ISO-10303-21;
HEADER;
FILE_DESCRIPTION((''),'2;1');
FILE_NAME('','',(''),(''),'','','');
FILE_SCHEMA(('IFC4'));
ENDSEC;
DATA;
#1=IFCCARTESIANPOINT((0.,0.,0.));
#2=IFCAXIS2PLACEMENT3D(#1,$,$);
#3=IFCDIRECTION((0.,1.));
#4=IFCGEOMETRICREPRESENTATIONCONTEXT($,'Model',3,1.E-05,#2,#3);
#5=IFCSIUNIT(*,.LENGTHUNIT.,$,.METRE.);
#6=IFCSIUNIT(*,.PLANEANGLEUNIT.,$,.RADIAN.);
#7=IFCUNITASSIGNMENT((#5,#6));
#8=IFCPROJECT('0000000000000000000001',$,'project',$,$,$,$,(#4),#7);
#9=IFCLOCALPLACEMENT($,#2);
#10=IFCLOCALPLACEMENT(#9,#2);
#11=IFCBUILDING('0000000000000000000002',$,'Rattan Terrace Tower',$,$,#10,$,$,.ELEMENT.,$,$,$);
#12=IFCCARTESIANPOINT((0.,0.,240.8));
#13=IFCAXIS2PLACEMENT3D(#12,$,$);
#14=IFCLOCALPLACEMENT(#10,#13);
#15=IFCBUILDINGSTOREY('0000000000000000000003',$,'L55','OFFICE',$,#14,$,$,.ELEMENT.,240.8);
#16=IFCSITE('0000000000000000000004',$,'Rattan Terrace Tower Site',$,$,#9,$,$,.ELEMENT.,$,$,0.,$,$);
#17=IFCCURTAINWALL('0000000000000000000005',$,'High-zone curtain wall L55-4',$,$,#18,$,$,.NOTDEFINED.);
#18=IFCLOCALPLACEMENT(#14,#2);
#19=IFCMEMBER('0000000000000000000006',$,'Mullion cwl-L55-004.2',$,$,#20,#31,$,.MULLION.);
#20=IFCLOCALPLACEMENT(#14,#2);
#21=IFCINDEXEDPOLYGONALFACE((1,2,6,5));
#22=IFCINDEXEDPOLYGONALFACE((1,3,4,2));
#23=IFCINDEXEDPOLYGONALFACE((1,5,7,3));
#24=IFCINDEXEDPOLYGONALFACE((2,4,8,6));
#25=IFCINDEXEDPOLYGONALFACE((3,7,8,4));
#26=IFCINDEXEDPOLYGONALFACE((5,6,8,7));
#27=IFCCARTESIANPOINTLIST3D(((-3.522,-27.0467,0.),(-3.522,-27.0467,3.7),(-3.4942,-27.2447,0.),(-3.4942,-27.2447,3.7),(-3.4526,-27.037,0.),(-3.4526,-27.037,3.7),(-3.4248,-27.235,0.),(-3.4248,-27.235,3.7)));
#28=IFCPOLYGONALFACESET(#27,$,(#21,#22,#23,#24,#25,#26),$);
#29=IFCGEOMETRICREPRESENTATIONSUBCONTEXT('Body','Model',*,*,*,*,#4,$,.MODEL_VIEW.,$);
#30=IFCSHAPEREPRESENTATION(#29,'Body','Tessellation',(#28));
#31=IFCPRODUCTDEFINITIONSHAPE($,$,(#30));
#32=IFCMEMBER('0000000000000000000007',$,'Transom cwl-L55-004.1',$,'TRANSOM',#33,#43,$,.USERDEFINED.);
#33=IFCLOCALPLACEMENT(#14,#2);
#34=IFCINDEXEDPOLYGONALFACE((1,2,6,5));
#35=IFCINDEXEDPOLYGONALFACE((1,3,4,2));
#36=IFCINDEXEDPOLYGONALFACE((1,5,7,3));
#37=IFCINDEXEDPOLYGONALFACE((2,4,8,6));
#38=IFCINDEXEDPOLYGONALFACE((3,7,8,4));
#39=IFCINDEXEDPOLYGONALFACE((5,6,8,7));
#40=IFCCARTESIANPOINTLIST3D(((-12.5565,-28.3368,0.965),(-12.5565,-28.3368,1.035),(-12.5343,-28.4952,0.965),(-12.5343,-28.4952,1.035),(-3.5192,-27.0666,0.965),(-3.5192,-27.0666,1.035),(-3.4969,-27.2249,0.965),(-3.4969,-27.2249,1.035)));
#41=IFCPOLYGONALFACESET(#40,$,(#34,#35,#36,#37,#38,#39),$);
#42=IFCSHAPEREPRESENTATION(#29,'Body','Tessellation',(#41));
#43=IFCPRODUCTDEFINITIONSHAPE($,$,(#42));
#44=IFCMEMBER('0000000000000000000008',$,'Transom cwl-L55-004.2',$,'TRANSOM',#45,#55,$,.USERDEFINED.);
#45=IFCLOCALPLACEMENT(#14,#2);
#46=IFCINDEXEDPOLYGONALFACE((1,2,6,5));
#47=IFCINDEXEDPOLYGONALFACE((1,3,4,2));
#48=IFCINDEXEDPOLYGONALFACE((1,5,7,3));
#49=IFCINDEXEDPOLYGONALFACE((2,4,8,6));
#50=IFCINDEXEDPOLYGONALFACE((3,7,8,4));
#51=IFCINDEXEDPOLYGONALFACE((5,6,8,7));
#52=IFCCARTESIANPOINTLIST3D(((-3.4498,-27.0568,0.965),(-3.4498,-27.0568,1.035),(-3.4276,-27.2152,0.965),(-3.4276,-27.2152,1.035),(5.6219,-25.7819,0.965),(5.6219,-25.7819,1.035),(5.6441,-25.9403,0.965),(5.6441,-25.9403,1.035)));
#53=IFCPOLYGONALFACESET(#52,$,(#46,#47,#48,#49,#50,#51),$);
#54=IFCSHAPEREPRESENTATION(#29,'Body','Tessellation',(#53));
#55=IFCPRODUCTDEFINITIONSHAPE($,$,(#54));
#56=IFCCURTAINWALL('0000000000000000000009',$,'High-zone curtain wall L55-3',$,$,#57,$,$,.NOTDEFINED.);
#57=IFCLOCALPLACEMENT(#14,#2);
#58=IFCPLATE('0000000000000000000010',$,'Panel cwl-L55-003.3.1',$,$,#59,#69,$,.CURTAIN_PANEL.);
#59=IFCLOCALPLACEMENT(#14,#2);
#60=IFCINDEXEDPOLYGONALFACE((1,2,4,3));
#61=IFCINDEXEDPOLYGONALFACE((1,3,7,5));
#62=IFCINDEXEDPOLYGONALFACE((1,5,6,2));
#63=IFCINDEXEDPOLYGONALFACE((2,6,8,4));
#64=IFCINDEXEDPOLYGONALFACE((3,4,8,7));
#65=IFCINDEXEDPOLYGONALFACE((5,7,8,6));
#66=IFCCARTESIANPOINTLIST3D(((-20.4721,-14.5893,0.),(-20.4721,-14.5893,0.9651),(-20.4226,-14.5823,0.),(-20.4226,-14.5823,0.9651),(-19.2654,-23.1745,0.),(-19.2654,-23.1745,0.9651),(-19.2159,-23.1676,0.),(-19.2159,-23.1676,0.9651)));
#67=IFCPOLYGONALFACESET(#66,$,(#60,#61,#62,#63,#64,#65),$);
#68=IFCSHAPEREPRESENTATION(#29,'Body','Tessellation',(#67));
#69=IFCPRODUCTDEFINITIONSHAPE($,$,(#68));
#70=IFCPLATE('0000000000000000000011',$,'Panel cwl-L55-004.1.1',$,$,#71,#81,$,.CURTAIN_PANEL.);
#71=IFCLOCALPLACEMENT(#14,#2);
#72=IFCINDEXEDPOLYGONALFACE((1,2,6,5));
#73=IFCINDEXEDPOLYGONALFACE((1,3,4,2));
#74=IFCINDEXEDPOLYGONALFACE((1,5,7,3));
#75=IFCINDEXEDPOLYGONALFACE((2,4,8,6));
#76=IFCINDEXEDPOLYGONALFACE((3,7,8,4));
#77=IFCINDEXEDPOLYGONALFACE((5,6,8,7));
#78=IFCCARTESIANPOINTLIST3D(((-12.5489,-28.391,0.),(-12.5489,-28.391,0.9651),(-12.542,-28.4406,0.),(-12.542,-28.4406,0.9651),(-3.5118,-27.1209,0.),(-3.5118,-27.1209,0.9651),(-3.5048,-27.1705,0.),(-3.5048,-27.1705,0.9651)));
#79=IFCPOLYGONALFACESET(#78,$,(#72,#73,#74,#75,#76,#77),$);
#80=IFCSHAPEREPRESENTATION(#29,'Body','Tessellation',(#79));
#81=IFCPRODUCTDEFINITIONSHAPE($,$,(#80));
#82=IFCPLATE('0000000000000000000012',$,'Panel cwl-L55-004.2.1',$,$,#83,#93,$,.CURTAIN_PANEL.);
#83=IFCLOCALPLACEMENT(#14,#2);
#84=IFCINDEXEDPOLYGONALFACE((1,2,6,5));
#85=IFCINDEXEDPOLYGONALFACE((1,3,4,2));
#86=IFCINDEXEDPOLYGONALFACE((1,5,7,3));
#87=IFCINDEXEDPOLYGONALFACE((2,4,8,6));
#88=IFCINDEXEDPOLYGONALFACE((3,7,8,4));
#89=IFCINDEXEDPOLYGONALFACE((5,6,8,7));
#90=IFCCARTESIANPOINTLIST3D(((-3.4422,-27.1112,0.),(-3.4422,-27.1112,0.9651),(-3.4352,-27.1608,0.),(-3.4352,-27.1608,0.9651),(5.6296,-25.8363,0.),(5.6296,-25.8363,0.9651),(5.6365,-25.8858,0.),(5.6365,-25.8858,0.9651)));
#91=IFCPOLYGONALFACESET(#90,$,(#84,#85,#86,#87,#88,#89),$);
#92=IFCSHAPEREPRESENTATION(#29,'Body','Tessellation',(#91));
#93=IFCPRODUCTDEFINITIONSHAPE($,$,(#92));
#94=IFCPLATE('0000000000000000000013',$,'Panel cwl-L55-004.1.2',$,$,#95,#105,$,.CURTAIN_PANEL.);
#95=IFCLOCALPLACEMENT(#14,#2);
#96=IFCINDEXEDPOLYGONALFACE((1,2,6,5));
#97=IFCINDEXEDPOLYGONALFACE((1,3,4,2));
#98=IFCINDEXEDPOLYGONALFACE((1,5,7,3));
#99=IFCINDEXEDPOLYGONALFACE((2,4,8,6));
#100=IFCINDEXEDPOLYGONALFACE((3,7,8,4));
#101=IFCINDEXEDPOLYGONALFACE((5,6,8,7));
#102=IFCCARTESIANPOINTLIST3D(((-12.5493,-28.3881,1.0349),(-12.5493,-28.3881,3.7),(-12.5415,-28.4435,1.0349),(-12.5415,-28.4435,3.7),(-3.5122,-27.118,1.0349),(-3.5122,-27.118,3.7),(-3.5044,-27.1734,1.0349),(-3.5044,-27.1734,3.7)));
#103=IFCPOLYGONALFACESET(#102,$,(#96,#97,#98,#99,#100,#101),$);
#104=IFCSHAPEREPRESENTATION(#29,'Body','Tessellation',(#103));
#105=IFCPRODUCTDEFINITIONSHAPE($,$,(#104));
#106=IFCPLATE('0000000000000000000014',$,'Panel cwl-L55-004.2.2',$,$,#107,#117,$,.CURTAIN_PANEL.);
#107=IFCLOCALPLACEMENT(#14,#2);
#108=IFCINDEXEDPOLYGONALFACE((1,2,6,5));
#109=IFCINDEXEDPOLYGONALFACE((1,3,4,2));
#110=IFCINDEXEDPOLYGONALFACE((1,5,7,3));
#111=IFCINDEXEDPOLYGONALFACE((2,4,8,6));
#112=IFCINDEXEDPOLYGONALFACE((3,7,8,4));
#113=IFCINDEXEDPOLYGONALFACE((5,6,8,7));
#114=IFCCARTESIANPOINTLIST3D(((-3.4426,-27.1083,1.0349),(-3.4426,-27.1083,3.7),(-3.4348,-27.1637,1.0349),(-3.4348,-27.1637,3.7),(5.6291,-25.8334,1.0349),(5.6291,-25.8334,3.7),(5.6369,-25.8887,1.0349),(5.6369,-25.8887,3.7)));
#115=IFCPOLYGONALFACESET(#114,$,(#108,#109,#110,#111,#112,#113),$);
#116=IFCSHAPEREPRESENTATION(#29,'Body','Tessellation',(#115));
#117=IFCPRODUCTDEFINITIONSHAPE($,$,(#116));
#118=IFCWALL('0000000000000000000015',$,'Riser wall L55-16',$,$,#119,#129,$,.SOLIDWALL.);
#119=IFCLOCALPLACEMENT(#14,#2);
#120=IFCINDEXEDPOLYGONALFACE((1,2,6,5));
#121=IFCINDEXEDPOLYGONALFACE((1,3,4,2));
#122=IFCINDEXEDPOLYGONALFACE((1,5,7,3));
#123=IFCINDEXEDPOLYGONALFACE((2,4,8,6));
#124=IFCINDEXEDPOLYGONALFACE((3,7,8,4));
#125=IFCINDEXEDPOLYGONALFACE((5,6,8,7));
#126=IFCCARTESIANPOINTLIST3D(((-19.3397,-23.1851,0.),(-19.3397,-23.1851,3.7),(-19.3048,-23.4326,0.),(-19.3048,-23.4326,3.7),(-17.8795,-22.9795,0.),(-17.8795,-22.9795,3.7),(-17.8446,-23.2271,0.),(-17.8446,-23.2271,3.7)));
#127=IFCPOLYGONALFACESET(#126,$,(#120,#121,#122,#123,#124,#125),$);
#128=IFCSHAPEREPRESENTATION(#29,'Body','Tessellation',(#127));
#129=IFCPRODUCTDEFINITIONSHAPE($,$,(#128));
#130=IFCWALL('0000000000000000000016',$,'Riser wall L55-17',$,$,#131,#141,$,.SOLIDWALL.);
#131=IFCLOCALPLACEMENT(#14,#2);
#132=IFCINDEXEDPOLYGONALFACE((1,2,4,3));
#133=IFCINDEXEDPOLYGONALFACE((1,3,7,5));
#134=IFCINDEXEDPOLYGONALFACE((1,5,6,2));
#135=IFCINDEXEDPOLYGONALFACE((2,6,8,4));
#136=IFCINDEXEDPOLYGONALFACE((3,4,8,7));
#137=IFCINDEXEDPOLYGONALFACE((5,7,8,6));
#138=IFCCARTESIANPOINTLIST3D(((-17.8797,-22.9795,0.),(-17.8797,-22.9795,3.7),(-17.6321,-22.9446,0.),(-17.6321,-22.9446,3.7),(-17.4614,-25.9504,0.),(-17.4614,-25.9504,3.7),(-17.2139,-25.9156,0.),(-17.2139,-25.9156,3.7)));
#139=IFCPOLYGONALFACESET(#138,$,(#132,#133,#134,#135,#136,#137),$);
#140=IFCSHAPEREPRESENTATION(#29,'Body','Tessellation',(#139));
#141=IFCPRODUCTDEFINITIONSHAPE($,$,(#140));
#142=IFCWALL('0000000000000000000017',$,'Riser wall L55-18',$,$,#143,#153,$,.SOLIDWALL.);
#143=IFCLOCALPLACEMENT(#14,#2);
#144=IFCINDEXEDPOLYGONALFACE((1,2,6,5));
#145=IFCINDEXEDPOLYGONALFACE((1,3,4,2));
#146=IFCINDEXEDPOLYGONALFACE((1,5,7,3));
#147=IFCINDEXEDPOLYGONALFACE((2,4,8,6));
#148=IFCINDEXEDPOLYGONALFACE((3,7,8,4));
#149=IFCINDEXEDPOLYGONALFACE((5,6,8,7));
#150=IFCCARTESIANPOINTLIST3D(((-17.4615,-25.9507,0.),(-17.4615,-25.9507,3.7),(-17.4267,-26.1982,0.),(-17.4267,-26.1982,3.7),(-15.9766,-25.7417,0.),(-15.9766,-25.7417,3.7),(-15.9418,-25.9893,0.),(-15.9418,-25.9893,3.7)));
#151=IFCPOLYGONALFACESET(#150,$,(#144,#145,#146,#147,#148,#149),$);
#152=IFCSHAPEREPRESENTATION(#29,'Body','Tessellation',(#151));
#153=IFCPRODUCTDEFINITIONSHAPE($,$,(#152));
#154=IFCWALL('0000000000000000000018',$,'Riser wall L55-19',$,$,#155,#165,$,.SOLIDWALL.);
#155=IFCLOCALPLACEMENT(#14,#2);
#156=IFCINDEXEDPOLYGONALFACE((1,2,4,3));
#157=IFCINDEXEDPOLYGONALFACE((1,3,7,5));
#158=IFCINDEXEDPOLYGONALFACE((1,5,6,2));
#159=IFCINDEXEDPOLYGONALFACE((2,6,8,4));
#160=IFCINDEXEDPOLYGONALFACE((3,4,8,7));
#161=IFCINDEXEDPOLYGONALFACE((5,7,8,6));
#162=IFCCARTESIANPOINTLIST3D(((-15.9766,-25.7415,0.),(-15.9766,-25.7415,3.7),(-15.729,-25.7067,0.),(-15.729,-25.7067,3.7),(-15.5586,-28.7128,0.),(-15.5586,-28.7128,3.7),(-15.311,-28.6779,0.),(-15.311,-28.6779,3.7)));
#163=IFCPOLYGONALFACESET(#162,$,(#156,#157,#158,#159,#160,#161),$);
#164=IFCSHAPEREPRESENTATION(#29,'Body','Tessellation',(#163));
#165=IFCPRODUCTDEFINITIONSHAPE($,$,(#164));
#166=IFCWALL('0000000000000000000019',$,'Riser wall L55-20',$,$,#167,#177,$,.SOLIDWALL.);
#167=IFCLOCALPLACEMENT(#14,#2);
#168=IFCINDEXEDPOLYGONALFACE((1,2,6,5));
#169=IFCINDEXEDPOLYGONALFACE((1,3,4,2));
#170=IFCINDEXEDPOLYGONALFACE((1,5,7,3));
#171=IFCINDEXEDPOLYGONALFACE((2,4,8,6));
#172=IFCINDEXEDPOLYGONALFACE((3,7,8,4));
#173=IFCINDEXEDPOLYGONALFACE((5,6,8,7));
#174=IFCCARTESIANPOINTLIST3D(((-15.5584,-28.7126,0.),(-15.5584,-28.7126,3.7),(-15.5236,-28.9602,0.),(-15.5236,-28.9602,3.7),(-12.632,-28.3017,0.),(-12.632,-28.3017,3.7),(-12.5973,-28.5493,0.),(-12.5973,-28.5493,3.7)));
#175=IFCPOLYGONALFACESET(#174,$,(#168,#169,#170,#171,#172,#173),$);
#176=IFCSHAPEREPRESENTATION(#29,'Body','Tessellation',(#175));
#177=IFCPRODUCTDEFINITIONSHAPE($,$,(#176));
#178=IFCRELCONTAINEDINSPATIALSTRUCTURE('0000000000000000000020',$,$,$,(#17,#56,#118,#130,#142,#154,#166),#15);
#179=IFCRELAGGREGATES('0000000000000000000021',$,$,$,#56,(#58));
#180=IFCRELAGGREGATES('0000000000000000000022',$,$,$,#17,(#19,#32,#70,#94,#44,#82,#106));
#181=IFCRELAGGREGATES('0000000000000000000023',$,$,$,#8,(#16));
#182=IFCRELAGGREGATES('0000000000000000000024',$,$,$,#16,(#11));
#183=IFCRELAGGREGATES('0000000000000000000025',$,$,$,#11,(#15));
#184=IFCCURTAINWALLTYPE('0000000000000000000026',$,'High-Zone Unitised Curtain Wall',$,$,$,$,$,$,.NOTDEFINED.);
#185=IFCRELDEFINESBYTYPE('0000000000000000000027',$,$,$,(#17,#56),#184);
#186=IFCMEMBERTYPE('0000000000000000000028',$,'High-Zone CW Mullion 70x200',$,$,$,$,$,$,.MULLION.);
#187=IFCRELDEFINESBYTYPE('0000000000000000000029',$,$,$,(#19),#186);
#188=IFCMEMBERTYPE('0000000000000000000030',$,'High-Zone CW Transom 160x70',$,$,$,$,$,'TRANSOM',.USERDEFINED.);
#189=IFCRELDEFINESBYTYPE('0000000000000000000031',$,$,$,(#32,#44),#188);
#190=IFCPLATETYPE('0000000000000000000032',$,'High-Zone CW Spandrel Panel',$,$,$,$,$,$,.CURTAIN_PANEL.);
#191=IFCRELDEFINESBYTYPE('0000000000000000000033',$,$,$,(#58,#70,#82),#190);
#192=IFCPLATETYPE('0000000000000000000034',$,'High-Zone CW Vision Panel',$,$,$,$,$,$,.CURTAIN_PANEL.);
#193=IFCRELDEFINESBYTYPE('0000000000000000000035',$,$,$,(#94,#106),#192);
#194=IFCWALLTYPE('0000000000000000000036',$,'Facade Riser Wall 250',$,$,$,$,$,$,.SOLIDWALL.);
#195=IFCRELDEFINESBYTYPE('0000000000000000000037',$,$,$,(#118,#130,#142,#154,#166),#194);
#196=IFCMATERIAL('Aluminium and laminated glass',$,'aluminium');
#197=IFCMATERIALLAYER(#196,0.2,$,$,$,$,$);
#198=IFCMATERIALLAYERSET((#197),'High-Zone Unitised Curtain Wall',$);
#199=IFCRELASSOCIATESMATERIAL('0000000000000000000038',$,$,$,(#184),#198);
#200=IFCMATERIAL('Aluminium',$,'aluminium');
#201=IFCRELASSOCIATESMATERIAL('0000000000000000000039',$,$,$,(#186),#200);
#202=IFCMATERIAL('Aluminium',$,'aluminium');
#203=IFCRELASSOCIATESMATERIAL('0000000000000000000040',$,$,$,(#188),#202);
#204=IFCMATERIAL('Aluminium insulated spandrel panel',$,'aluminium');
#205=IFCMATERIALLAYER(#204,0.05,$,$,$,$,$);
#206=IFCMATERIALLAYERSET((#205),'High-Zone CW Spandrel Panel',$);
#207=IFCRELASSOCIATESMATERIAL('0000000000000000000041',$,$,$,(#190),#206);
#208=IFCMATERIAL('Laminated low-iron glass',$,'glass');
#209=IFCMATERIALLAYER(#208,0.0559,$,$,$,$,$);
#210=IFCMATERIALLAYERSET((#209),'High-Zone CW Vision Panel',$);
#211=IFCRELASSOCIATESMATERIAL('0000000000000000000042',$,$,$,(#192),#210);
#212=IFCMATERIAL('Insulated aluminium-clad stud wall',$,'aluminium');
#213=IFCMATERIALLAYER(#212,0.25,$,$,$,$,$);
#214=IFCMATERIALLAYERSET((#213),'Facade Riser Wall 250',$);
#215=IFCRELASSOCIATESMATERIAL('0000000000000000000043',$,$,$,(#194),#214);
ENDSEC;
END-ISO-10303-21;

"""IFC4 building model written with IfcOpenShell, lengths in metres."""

from ifc_helpers import new_model, si_unit, direction, frame, frame_2d, origin, origin_2d, place, context, subcontext, project, spatial, rectangle, extrude, material, layer, layer_set, material_profile, profile_set, type_object, element, aggregate, save


model = new_model("IFC4")

# Units and contexts
model_context = context("Model", 3, precision=1e-05, world=origin(), true_north=direction((0.0, 1.0)))
body_context = subcontext(model_context, "Body", "Model", "MODEL_VIEW")
ifc_project = project(units=[si_unit("LENGTHUNIT", "METRE"), si_unit("PLANEANGLEUNIT", "RADIAN")], contexts=[model_context])

# Site, building, storey
site_placement = place(None, origin())
site = spatial("IfcSite", under=ifc_project, at=site_placement, Name="Rattan Terrace Tower Site", CompositionType="ELEMENT", RefElevation=0.0)
building_placement = place(site_placement, origin())
building = spatial("IfcBuilding", under=site, at=building_placement, Name="Rattan Terrace Tower", CompositionType="ELEMENT")
storey_placement = place(building_placement, frame((0.0, 0.0, 240.8)))
storey = spatial("IfcBuildingStorey", under=building, at=storey_placement, Name="L55", Description="OFFICE", CompositionType="ELEMENT", Elevation=240.8)

# Curtain wall, members
ifc_material_1 = material(Name="Aluminium and laminated glass", Category="aluminium")
ifc_layer_1 = layer(ifc_material_1, 0.2)
ifc_layer_set_1 = layer_set([ifc_layer_1], Name="High-Zone Unitised Curtain Wall")
curtain_wall_type = type_object("IfcCurtainWallType", Name="High-Zone Unitised Curtain Wall", PredefinedType="NOTDEFINED", material=ifc_layer_set_1)
curtain_wall_1_placement = place(storey_placement, origin())
curtain_wall_1 = element("IfcCurtainWall", 1, at=curtain_wall_1_placement, inside=storey, type_object=curtain_wall_type, Name="High-zone curtain wall L55-4", PredefinedType="NOTDEFINED")
ifc_material_2 = material(Name="Aluminium", Category="aluminium")
ifc_material_profile_1 = material_profile(ifc_material_2, rectangle(XDim=0.0701, YDim=0.2, at=origin_2d()), Name="Aluminium 70x200")
ifc_profile_set_1 = profile_set([ifc_material_profile_1], Name="Aluminium")
member_type_1 = type_object("IfcMemberType", Name="High-Zone CW Mullion 70x200", PredefinedType="MULLION", material=ifc_profile_set_1)
member_1_placement = place(storey_placement, frame((-3.4734, -27.1409, 0.0), z_axis=(0.0, 0.0, 1.0), x_axis=(0.990267, 0.139177, 0.0)))
member_1 = element("IfcMember", 2, at=member_1_placement, type_object=member_type_1, Name="Mullion cwl-L55-004.2", PredefinedType="MULLION", context=body_context, shape_type="SweptSolid", body=[
    extrude(rectangle(XDim=0.0701, YDim=0.2, at=origin_2d()), origin(), (0.0, 0.0, 1.0), 3.7),
])
ifc_material_3 = material(Name="Aluminium", Category="aluminium")
ifc_material_profile_2 = material_profile(ifc_material_3, rectangle(XDim=0.1599, YDim=0.0701, at=origin_2d()), Name="Aluminium 160x70")
ifc_profile_set_2 = profile_set([ifc_material_profile_2], Name="Aluminium")
member_type_2 = type_object("IfcMemberType", Name="High-Zone CW Transom 160x70", ElementType="TRANSOM", PredefinedType="USERDEFINED", material=ifc_profile_set_2)
member_2_placement = place(storey_placement, frame((-12.5454, -28.416, 1.0), z_axis=(0.990266, 0.139189, 0.0), x_axis=(-0.139189, 0.990266, 0.0)))
member_2 = element("IfcMember", 3, at=member_2_placement, type_object=member_type_2, Name="Transom cwl-L55-004.1", ObjectType="TRANSOM", PredefinedType="USERDEFINED", context=body_context, shape_type="SweptSolid", body=[
    extrude(rectangle(XDim=0.1599, YDim=0.0701, at=origin_2d()), origin(), (0.0, 0.0, 1.0), 9.1262),
])
member_3_placement = place(storey_placement, frame((-3.4387, -27.136, 1.0), z_axis=(0.990269, 0.139167, 0.0), x_axis=(-0.139167, 0.990269, 0.0)))
member_3 = element("IfcMember", 4, at=member_3_placement, type_object=member_type_2, Name="Transom cwl-L55-004.2", ObjectType="TRANSOM", PredefinedType="USERDEFINED", context=body_context, shape_type="SweptSolid", body=[
    extrude(rectangle(XDim=0.1599, YDim=0.0701, at=origin_2d()), origin(), (0.0, 0.0, 1.0), 9.1609),
])

# Curtain wall, plate
curtain_wall_2_placement = place(storey_placement, origin())
curtain_wall_2 = element("IfcCurtainWall", 5, at=curtain_wall_2_placement, inside=storey, type_object=curtain_wall_type, Name="High-zone curtain wall L55-3", PredefinedType="NOTDEFINED")
ifc_material_4 = material(Name="Aluminium insulated spandrel panel", Category="aluminium")
ifc_layer_2 = layer(ifc_material_4, 0.05)
ifc_layer_set_2 = layer_set([ifc_layer_2], Name="High-Zone CW Spandrel Panel")
plate_type_1 = type_object("IfcPlateType", Name="High-Zone CW Spandrel Panel", PredefinedType="CURTAIN_PANEL", material=ifc_layer_set_2)
plate_1_placement = place(storey_placement, frame((-19.844, -18.8784, 0.0), z_axis=(0.0, 0.0, 1.0), x_axis=(0.139186, -0.990266, 0.0)))
plate_1 = element("IfcPlate", 6, at=plate_1_placement, type_object=plate_type_1, Name="Panel cwl-L55-003.3.1", PredefinedType="CURTAIN_PANEL", context=body_context, shape_type="SweptSolid", body=[
    extrude(rectangle(XDim=8.6697, YDim=0.05, at=origin_2d()), origin(), (0.0, 0.0, 1.0), 0.9651),
])
aggregate(curtain_wall_2, [plate_1])

# Plates
plate_2_placement = place(storey_placement, frame((-8.0269, -27.7808, 0.0), z_axis=(0.0, 0.0, 1.0), x_axis=(0.990267, 0.139177, 0.0)))
plate_2 = element("IfcPlate", 7, at=plate_2_placement, type_object=plate_type_1, Name="Panel cwl-L55-004.1.1", PredefinedType="CURTAIN_PANEL", context=body_context, shape_type="SweptSolid", body=[
    extrude(rectangle(XDim=9.126, YDim=0.05, at=origin_2d()), origin(), (0.0, 0.0, 1.0), 0.9651),
])
plate_3_placement = place(storey_placement, frame((1.0972, -26.4985, 0.0), z_axis=(0.0, 0.0, 1.0), x_axis=(0.990267, 0.139177, 0.0)))
plate_3 = element("IfcPlate", 8, at=plate_3_placement, type_object=plate_type_1, Name="Panel cwl-L55-004.2.1", PredefinedType="CURTAIN_PANEL", context=body_context, shape_type="SweptSolid", body=[
    extrude(rectangle(XDim=9.1609, YDim=0.05, at=origin_2d()), origin(), (0.0, 0.0, 1.0), 0.9651),
])
ifc_material_5 = material(Name="Laminated low-iron glass", Category="glass")
ifc_layer_3 = layer(ifc_material_5, 0.0559)
ifc_layer_set_3 = layer_set([ifc_layer_3], Name="High-Zone CW Vision Panel")
plate_type_2 = type_object("IfcPlateType", Name="High-Zone CW Vision Panel", PredefinedType="CURTAIN_PANEL", material=ifc_layer_set_3)
plate_4_placement = place(storey_placement, frame((-8.0269, -27.7808, 1.0349), z_axis=(0.0, 0.0, 1.0), x_axis=(0.990267, 0.139177, 0.0)))
plate_4 = element("IfcPlate", 9, at=plate_4_placement, type_object=plate_type_2, Name="Panel cwl-L55-004.1.2", PredefinedType="CURTAIN_PANEL", context=body_context, shape_type="SweptSolid", body=[
    extrude(rectangle(XDim=9.126, YDim=0.0559, at=origin_2d()), origin(), (0.0, 0.0, 1.0), 2.665),
])
plate_5_placement = place(storey_placement, frame((1.0972, -26.4985, 1.0349), z_axis=(0.0, 0.0, 1.0), x_axis=(0.990267, 0.139177, 0.0)))
plate_5 = element("IfcPlate", 10, at=plate_5_placement, type_object=plate_type_2, Name="Panel cwl-L55-004.2.2", PredefinedType="CURTAIN_PANEL", context=body_context, shape_type="SweptSolid", body=[
    extrude(rectangle(XDim=9.1609, YDim=0.0559, at=origin_2d()), origin(), (0.0, 0.0, 1.0), 2.665),
])
aggregate(curtain_wall_1, [member_1, member_2, plate_2, plate_4, member_3, plate_3, plate_5])

# Walls
ifc_material_6 = material(Name="Insulated aluminium-clad stud wall", Category="aluminium")
ifc_layer_4 = layer(ifc_material_6, 0.25)
ifc_layer_set_4 = layer_set([ifc_layer_4], Name="Facade Riser Wall 250")
wall_type_1 = type_object("IfcWallType", Name="Facade Riser Wall 250", PredefinedType="SOLIDWALL", material=ifc_layer_set_4)
wall_1_placement = place(storey_placement, frame((-19.3223, -23.3088, 0.0), z_axis=(0.0, 0.0, 1.0), x_axis=(0.990236, 0.139404, 0.0)))
element("IfcWall", 11, at=wall_1_placement, inside=storey, type_object=wall_type_1, Name="Riser wall L55-16", PredefinedType="SOLIDWALL", context=body_context, shape_type="SweptSolid", body=[
    extrude(rectangle(XDim=1.4746, YDim=0.25, at=frame_2d((0.7373, 0.0))), origin(), (0.0, 0.0, 1.0), 3.7),
])
wall_2_placement = place(storey_placement, frame((-17.7559, -22.9622, 0.0), z_axis=(0.0, 0.0, 1.0), x_axis=(0.139393, -0.990237, 0.0)))
element("IfcWall", 12, at=wall_2_placement, inside=storey, type_object=wall_type_1, Name="Riser wall L55-17", PredefinedType="SOLIDWALL", context=body_context, shape_type="SweptSolid", body=[
    extrude(rectangle(XDim=3.0002, YDim=0.25, at=frame_2d((1.5, 0.0))), origin(), (0.0, 0.0, 1.0), 3.7),
])
wall_3_placement = place(storey_placement, frame((-17.4441, -26.0745, 0.0), z_axis=(0.0, 0.0, 1.0), x_axis=(0.99024, 0.13937, 0.0)))
element("IfcWall", 13, at=wall_3_placement, inside=storey, type_object=wall_type_1, Name="Riser wall L55-18", PredefinedType="SOLIDWALL", context=body_context, shape_type="SweptSolid", body=[
    extrude(rectangle(XDim=1.4995, YDim=0.25, at=frame_2d((0.7498, 0.0))), origin(), (0.0, 0.0, 1.0), 3.7),
])
wall_4_placement = place(storey_placement, frame((-15.8528, -25.7241, 0.0), z_axis=(0.0, 0.0, 1.0), x_axis=(0.139302, -0.99025, 0.0)))
element("IfcWall", 14, at=wall_4_placement, inside=storey, type_object=wall_type_1, Name="Riser wall L55-19", PredefinedType="SOLIDWALL", context=body_context, shape_type="SweptSolid", body=[
    extrude(rectangle(XDim=3.0005, YDim=0.25, at=frame_2d((1.5002, 0.0))), origin(), (0.0, 0.0, 1.0), 3.7),
])
wall_5_placement = place(storey_placement, frame((-15.541, -28.8364, 0.0), z_axis=(0.0, 0.0, 1.0), x_axis=(0.990285, 0.13905, 0.0)))
element("IfcWall", 15, at=wall_5_placement, inside=storey, type_object=wall_type_1, Name="Riser wall L55-20", PredefinedType="SOLIDWALL", context=body_context, shape_type="SweptSolid", body=[
    extrude(rectangle(XDim=2.9551, YDim=0.25, at=frame_2d((1.4775, 0.0))), origin(), (0.0, 0.0, 1.0), 3.7),
])

save(model, "model.ifc")
